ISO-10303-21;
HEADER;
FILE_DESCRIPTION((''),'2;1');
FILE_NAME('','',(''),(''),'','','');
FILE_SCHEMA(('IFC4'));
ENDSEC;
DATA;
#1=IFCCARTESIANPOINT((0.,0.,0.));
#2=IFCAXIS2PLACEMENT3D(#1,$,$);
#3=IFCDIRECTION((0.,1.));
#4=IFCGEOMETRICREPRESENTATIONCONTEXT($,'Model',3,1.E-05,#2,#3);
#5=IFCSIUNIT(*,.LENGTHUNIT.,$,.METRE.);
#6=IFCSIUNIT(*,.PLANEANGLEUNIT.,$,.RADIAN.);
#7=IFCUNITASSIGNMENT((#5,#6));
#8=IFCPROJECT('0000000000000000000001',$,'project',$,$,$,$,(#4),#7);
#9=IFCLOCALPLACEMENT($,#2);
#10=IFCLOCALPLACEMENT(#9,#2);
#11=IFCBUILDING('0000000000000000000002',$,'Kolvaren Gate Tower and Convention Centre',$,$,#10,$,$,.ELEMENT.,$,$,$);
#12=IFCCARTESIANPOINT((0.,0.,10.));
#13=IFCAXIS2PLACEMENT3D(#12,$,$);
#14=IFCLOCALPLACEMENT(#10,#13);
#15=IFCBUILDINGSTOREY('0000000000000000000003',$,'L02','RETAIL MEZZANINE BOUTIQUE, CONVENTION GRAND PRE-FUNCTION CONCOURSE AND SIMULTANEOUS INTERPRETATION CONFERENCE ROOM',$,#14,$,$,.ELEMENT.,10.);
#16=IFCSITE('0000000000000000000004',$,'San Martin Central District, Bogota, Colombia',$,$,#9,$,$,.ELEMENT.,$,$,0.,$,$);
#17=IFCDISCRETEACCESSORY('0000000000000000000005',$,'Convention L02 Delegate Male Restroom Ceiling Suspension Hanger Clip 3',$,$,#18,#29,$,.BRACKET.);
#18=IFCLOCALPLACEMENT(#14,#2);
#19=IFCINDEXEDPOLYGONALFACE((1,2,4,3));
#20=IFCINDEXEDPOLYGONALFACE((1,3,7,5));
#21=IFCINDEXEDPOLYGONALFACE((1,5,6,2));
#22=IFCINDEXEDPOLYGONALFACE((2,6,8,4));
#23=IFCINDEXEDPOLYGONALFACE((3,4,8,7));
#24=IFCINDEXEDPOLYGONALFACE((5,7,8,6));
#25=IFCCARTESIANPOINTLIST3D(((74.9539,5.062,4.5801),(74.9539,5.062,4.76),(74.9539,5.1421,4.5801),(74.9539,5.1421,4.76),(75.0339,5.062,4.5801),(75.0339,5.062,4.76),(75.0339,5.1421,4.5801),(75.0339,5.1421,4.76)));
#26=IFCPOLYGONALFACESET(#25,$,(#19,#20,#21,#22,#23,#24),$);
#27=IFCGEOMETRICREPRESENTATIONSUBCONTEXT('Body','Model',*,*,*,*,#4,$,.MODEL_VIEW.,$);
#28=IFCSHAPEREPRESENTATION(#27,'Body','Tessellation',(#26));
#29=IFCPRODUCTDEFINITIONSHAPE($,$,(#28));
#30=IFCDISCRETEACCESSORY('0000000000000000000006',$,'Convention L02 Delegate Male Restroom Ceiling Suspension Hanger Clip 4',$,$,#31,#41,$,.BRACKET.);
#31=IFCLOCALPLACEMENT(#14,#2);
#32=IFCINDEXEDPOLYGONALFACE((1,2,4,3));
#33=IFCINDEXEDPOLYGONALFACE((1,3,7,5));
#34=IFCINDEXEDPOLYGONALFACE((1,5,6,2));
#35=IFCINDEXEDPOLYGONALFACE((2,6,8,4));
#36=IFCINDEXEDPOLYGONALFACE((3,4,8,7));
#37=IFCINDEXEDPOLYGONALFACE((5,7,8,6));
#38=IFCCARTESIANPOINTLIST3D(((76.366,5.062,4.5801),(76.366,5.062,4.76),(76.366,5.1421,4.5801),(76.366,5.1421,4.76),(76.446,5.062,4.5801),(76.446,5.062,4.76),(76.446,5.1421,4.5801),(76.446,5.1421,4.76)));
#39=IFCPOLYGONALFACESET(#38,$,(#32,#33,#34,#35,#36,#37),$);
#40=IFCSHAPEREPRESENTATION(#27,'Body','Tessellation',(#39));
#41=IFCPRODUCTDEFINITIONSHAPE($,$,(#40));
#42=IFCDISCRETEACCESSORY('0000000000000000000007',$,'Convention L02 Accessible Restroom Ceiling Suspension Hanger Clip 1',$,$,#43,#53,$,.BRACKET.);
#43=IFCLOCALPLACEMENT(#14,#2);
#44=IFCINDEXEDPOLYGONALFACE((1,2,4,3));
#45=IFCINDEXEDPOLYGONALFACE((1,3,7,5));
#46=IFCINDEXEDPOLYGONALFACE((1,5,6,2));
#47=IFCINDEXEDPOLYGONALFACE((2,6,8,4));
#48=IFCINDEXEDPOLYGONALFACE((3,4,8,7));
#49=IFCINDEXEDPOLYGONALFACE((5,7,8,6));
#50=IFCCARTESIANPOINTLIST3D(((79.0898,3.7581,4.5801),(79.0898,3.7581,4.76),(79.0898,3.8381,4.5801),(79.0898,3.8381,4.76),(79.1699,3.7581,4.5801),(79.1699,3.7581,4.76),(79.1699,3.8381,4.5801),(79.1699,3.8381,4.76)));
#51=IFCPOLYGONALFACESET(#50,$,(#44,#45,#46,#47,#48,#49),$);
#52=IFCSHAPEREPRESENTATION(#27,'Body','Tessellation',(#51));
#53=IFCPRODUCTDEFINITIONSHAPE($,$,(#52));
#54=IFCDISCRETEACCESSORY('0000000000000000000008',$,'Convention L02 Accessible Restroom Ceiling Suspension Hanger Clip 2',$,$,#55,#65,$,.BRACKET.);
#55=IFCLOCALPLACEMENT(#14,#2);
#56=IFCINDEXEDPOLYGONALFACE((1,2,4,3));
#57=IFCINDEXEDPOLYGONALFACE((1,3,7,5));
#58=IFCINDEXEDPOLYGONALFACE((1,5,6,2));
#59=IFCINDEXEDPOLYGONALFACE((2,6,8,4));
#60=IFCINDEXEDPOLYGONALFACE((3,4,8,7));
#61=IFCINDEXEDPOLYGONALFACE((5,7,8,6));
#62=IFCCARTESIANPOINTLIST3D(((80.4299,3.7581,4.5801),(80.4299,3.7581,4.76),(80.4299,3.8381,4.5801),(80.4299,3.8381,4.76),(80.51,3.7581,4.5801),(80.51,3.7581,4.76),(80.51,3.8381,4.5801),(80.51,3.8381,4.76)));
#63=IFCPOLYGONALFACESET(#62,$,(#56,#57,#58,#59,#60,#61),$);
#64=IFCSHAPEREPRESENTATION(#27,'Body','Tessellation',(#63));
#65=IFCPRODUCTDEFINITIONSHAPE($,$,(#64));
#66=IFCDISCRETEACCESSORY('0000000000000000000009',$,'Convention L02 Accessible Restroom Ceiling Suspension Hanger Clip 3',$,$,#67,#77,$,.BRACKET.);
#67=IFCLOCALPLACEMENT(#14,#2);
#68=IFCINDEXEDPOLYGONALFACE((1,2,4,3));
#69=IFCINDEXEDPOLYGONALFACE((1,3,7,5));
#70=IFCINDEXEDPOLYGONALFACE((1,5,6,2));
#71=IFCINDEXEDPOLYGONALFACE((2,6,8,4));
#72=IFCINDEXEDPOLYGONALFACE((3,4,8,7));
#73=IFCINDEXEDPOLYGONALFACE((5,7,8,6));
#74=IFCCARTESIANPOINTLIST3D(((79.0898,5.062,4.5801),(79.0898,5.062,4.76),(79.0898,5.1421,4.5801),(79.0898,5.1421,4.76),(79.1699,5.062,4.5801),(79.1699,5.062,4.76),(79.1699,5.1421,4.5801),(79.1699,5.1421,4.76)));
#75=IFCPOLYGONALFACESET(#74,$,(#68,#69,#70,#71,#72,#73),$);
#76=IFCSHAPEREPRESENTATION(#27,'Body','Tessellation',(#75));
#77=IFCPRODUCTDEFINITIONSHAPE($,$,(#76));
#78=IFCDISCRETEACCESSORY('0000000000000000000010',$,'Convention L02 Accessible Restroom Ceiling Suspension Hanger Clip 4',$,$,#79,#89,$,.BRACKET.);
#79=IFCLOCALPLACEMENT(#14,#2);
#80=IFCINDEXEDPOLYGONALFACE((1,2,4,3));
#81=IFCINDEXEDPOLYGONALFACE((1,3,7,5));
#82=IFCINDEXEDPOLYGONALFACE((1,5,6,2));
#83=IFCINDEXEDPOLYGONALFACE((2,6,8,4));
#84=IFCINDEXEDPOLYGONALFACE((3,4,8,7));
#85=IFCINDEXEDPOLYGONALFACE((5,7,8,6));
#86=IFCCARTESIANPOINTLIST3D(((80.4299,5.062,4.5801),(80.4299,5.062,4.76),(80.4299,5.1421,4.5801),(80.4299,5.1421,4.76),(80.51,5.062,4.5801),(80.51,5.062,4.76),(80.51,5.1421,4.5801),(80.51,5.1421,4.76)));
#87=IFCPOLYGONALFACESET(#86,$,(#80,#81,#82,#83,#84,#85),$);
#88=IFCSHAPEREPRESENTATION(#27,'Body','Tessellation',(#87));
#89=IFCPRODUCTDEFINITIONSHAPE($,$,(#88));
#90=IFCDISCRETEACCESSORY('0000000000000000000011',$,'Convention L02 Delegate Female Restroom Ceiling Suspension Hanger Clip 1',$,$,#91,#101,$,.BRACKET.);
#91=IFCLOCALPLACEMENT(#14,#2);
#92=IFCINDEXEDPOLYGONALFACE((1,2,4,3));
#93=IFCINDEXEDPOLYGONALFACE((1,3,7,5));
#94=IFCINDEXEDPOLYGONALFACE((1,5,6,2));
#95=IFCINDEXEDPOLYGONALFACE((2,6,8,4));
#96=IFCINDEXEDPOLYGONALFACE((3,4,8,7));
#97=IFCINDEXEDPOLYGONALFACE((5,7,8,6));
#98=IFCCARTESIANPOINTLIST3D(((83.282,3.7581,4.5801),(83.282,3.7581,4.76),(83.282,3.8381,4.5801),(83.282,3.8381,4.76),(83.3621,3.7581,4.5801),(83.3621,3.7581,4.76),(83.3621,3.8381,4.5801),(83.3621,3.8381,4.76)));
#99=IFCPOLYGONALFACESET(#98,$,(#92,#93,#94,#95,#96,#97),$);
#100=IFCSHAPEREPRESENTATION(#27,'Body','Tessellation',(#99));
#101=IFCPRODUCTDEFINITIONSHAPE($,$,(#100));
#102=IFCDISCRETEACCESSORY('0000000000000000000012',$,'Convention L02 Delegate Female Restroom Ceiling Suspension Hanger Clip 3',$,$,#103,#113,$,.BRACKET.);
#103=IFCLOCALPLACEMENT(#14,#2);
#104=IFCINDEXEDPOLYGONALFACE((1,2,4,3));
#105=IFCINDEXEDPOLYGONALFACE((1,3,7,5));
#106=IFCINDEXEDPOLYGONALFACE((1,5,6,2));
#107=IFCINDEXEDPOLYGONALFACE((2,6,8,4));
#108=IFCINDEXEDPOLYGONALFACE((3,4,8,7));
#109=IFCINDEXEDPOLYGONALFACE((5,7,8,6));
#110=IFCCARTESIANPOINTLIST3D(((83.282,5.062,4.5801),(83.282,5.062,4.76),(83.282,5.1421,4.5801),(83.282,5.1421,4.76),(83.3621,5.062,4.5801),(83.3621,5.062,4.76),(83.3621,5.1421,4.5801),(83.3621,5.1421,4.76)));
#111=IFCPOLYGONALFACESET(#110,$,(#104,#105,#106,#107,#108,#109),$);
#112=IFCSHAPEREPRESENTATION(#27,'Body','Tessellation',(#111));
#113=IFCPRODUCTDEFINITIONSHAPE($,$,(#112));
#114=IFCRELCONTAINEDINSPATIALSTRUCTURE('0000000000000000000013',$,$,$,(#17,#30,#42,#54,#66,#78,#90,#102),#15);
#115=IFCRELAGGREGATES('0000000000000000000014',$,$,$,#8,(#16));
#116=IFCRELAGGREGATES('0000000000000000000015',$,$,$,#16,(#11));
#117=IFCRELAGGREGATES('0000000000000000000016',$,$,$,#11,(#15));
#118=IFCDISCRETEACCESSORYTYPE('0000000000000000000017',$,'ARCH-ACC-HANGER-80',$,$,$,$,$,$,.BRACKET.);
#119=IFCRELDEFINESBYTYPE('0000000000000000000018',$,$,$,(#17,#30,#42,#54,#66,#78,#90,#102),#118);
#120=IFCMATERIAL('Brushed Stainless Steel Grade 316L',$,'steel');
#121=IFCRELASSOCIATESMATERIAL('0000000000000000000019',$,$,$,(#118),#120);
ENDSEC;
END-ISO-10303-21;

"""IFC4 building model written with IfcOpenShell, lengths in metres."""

from ifc_helpers import new_model, si_unit, direction, frame, origin, origin_2d, place, context, subcontext, project, spatial, rectangle, extrude, material, type_object, element, save


model = new_model("IFC4")

# Units and contexts
model_context = context("Model", 3, precision=1e-05, world=origin(), true_north=direction((0.0, 1.0)))
body_context = subcontext(model_context, "Body", "Model", "MODEL_VIEW")
ifc_project = project(units=[si_unit("LENGTHUNIT", "METRE"), si_unit("PLANEANGLEUNIT", "RADIAN")], contexts=[model_context])

# Site, building, storey
site_placement = place(None, origin())
site = spatial("IfcSite", under=ifc_project, at=site_placement, Name="San Martin Central District, Bogota, Colombia", CompositionType="ELEMENT", RefElevation=0.0)
building_placement = place(site_placement, origin())
building = spatial("IfcBuilding", under=site, at=building_placement, Name="Kolvaren Gate Tower and Convention Centre", CompositionType="ELEMENT")
storey_placement = place(building_placement, frame((0.0, 0.0, 10.0)))
storey = spatial("IfcBuildingStorey", under=building, at=storey_placement, Name="L02", Description="RETAIL MEZZANINE BOUTIQUE, CONVENTION GRAND PRE-FUNCTION CONCOURSE AND SIMULTANEOUS INTERPRETATION CONFERENCE ROOM", CompositionType="ELEMENT", Elevation=10.0)

# Discrete accessories
ifc_material_1 = material(Name="Brushed Stainless Steel Grade 316L", Category="steel")
discrete_accessory_type = type_object("IfcDiscreteAccessoryType", Name="ARCH-ACC-HANGER-80", PredefinedType="BRACKET", material=ifc_material_1)
for number, where, z_axis, x_axis, name in (
    (1, (74.9939, 5.1021, 4.5801), (0.0, 0.0, 1.0), (1.0, 0.0, 0.0), "Convention L02 Delegate Male Restroom Ceiling Suspension Hanger Clip 3"),
    (2, (76.406, 5.1021, 4.5801), (0.0, 0.0, 1.0), (1.0, 0.0, 0.0), "Convention L02 Delegate Male Restroom Ceiling Suspension Hanger Clip 4"),
    (3, (79.1299, 3.7981, 4.5801), (0.0, 0.0, 1.0), (1.0, 0.0, 0.0), "Convention L02 Accessible Restroom Ceiling Suspension Hanger Clip 1"),
    (4, (80.47, 3.7981, 4.5801), (0.0, 0.0, 1.0), (1.0, 0.0, 0.0), "Convention L02 Accessible Restroom Ceiling Suspension Hanger Clip 2"),
    (5, (79.1299, 5.1021, 4.5801), (0.0, 0.0, 1.0), (1.0, 0.0, 0.0), "Convention L02 Accessible Restroom Ceiling Suspension Hanger Clip 3"),
    (6, (80.47, 5.1021, 4.5801), (0.0, 0.0, 1.0), (1.0, 0.0, 0.0), "Convention L02 Accessible Restroom Ceiling Suspension Hanger Clip 4"),
    (7, (83.322, 3.7981, 4.5801), (0.0, 0.0, 1.0), (1.0, 0.0, 0.0), "Convention L02 Delegate Female Restroom Ceiling Suspension Hanger Clip 1"),
    (8, (83.322, 5.1021, 4.5801), (0.0, 0.0, 1.0), (1.0, 0.0, 0.0), "Convention L02 Delegate Female Restroom Ceiling Suspension Hanger Clip 3"),
):
    element("IfcDiscreteAccessory", number, at=place(storey_placement, frame(where, z_axis=z_axis, x_axis=x_axis)), inside=storey, type_object=discrete_accessory_type, Name=name, PredefinedType="BRACKET", context=body_context, shape_type="SweptSolid", body=[
        extrude(rectangle(XDim=0.0801, YDim=0.0801, at=origin_2d()), origin(), (0.0, 0.0, 1.0), 0.1799),
    ])

save(model, "model.ifc")
